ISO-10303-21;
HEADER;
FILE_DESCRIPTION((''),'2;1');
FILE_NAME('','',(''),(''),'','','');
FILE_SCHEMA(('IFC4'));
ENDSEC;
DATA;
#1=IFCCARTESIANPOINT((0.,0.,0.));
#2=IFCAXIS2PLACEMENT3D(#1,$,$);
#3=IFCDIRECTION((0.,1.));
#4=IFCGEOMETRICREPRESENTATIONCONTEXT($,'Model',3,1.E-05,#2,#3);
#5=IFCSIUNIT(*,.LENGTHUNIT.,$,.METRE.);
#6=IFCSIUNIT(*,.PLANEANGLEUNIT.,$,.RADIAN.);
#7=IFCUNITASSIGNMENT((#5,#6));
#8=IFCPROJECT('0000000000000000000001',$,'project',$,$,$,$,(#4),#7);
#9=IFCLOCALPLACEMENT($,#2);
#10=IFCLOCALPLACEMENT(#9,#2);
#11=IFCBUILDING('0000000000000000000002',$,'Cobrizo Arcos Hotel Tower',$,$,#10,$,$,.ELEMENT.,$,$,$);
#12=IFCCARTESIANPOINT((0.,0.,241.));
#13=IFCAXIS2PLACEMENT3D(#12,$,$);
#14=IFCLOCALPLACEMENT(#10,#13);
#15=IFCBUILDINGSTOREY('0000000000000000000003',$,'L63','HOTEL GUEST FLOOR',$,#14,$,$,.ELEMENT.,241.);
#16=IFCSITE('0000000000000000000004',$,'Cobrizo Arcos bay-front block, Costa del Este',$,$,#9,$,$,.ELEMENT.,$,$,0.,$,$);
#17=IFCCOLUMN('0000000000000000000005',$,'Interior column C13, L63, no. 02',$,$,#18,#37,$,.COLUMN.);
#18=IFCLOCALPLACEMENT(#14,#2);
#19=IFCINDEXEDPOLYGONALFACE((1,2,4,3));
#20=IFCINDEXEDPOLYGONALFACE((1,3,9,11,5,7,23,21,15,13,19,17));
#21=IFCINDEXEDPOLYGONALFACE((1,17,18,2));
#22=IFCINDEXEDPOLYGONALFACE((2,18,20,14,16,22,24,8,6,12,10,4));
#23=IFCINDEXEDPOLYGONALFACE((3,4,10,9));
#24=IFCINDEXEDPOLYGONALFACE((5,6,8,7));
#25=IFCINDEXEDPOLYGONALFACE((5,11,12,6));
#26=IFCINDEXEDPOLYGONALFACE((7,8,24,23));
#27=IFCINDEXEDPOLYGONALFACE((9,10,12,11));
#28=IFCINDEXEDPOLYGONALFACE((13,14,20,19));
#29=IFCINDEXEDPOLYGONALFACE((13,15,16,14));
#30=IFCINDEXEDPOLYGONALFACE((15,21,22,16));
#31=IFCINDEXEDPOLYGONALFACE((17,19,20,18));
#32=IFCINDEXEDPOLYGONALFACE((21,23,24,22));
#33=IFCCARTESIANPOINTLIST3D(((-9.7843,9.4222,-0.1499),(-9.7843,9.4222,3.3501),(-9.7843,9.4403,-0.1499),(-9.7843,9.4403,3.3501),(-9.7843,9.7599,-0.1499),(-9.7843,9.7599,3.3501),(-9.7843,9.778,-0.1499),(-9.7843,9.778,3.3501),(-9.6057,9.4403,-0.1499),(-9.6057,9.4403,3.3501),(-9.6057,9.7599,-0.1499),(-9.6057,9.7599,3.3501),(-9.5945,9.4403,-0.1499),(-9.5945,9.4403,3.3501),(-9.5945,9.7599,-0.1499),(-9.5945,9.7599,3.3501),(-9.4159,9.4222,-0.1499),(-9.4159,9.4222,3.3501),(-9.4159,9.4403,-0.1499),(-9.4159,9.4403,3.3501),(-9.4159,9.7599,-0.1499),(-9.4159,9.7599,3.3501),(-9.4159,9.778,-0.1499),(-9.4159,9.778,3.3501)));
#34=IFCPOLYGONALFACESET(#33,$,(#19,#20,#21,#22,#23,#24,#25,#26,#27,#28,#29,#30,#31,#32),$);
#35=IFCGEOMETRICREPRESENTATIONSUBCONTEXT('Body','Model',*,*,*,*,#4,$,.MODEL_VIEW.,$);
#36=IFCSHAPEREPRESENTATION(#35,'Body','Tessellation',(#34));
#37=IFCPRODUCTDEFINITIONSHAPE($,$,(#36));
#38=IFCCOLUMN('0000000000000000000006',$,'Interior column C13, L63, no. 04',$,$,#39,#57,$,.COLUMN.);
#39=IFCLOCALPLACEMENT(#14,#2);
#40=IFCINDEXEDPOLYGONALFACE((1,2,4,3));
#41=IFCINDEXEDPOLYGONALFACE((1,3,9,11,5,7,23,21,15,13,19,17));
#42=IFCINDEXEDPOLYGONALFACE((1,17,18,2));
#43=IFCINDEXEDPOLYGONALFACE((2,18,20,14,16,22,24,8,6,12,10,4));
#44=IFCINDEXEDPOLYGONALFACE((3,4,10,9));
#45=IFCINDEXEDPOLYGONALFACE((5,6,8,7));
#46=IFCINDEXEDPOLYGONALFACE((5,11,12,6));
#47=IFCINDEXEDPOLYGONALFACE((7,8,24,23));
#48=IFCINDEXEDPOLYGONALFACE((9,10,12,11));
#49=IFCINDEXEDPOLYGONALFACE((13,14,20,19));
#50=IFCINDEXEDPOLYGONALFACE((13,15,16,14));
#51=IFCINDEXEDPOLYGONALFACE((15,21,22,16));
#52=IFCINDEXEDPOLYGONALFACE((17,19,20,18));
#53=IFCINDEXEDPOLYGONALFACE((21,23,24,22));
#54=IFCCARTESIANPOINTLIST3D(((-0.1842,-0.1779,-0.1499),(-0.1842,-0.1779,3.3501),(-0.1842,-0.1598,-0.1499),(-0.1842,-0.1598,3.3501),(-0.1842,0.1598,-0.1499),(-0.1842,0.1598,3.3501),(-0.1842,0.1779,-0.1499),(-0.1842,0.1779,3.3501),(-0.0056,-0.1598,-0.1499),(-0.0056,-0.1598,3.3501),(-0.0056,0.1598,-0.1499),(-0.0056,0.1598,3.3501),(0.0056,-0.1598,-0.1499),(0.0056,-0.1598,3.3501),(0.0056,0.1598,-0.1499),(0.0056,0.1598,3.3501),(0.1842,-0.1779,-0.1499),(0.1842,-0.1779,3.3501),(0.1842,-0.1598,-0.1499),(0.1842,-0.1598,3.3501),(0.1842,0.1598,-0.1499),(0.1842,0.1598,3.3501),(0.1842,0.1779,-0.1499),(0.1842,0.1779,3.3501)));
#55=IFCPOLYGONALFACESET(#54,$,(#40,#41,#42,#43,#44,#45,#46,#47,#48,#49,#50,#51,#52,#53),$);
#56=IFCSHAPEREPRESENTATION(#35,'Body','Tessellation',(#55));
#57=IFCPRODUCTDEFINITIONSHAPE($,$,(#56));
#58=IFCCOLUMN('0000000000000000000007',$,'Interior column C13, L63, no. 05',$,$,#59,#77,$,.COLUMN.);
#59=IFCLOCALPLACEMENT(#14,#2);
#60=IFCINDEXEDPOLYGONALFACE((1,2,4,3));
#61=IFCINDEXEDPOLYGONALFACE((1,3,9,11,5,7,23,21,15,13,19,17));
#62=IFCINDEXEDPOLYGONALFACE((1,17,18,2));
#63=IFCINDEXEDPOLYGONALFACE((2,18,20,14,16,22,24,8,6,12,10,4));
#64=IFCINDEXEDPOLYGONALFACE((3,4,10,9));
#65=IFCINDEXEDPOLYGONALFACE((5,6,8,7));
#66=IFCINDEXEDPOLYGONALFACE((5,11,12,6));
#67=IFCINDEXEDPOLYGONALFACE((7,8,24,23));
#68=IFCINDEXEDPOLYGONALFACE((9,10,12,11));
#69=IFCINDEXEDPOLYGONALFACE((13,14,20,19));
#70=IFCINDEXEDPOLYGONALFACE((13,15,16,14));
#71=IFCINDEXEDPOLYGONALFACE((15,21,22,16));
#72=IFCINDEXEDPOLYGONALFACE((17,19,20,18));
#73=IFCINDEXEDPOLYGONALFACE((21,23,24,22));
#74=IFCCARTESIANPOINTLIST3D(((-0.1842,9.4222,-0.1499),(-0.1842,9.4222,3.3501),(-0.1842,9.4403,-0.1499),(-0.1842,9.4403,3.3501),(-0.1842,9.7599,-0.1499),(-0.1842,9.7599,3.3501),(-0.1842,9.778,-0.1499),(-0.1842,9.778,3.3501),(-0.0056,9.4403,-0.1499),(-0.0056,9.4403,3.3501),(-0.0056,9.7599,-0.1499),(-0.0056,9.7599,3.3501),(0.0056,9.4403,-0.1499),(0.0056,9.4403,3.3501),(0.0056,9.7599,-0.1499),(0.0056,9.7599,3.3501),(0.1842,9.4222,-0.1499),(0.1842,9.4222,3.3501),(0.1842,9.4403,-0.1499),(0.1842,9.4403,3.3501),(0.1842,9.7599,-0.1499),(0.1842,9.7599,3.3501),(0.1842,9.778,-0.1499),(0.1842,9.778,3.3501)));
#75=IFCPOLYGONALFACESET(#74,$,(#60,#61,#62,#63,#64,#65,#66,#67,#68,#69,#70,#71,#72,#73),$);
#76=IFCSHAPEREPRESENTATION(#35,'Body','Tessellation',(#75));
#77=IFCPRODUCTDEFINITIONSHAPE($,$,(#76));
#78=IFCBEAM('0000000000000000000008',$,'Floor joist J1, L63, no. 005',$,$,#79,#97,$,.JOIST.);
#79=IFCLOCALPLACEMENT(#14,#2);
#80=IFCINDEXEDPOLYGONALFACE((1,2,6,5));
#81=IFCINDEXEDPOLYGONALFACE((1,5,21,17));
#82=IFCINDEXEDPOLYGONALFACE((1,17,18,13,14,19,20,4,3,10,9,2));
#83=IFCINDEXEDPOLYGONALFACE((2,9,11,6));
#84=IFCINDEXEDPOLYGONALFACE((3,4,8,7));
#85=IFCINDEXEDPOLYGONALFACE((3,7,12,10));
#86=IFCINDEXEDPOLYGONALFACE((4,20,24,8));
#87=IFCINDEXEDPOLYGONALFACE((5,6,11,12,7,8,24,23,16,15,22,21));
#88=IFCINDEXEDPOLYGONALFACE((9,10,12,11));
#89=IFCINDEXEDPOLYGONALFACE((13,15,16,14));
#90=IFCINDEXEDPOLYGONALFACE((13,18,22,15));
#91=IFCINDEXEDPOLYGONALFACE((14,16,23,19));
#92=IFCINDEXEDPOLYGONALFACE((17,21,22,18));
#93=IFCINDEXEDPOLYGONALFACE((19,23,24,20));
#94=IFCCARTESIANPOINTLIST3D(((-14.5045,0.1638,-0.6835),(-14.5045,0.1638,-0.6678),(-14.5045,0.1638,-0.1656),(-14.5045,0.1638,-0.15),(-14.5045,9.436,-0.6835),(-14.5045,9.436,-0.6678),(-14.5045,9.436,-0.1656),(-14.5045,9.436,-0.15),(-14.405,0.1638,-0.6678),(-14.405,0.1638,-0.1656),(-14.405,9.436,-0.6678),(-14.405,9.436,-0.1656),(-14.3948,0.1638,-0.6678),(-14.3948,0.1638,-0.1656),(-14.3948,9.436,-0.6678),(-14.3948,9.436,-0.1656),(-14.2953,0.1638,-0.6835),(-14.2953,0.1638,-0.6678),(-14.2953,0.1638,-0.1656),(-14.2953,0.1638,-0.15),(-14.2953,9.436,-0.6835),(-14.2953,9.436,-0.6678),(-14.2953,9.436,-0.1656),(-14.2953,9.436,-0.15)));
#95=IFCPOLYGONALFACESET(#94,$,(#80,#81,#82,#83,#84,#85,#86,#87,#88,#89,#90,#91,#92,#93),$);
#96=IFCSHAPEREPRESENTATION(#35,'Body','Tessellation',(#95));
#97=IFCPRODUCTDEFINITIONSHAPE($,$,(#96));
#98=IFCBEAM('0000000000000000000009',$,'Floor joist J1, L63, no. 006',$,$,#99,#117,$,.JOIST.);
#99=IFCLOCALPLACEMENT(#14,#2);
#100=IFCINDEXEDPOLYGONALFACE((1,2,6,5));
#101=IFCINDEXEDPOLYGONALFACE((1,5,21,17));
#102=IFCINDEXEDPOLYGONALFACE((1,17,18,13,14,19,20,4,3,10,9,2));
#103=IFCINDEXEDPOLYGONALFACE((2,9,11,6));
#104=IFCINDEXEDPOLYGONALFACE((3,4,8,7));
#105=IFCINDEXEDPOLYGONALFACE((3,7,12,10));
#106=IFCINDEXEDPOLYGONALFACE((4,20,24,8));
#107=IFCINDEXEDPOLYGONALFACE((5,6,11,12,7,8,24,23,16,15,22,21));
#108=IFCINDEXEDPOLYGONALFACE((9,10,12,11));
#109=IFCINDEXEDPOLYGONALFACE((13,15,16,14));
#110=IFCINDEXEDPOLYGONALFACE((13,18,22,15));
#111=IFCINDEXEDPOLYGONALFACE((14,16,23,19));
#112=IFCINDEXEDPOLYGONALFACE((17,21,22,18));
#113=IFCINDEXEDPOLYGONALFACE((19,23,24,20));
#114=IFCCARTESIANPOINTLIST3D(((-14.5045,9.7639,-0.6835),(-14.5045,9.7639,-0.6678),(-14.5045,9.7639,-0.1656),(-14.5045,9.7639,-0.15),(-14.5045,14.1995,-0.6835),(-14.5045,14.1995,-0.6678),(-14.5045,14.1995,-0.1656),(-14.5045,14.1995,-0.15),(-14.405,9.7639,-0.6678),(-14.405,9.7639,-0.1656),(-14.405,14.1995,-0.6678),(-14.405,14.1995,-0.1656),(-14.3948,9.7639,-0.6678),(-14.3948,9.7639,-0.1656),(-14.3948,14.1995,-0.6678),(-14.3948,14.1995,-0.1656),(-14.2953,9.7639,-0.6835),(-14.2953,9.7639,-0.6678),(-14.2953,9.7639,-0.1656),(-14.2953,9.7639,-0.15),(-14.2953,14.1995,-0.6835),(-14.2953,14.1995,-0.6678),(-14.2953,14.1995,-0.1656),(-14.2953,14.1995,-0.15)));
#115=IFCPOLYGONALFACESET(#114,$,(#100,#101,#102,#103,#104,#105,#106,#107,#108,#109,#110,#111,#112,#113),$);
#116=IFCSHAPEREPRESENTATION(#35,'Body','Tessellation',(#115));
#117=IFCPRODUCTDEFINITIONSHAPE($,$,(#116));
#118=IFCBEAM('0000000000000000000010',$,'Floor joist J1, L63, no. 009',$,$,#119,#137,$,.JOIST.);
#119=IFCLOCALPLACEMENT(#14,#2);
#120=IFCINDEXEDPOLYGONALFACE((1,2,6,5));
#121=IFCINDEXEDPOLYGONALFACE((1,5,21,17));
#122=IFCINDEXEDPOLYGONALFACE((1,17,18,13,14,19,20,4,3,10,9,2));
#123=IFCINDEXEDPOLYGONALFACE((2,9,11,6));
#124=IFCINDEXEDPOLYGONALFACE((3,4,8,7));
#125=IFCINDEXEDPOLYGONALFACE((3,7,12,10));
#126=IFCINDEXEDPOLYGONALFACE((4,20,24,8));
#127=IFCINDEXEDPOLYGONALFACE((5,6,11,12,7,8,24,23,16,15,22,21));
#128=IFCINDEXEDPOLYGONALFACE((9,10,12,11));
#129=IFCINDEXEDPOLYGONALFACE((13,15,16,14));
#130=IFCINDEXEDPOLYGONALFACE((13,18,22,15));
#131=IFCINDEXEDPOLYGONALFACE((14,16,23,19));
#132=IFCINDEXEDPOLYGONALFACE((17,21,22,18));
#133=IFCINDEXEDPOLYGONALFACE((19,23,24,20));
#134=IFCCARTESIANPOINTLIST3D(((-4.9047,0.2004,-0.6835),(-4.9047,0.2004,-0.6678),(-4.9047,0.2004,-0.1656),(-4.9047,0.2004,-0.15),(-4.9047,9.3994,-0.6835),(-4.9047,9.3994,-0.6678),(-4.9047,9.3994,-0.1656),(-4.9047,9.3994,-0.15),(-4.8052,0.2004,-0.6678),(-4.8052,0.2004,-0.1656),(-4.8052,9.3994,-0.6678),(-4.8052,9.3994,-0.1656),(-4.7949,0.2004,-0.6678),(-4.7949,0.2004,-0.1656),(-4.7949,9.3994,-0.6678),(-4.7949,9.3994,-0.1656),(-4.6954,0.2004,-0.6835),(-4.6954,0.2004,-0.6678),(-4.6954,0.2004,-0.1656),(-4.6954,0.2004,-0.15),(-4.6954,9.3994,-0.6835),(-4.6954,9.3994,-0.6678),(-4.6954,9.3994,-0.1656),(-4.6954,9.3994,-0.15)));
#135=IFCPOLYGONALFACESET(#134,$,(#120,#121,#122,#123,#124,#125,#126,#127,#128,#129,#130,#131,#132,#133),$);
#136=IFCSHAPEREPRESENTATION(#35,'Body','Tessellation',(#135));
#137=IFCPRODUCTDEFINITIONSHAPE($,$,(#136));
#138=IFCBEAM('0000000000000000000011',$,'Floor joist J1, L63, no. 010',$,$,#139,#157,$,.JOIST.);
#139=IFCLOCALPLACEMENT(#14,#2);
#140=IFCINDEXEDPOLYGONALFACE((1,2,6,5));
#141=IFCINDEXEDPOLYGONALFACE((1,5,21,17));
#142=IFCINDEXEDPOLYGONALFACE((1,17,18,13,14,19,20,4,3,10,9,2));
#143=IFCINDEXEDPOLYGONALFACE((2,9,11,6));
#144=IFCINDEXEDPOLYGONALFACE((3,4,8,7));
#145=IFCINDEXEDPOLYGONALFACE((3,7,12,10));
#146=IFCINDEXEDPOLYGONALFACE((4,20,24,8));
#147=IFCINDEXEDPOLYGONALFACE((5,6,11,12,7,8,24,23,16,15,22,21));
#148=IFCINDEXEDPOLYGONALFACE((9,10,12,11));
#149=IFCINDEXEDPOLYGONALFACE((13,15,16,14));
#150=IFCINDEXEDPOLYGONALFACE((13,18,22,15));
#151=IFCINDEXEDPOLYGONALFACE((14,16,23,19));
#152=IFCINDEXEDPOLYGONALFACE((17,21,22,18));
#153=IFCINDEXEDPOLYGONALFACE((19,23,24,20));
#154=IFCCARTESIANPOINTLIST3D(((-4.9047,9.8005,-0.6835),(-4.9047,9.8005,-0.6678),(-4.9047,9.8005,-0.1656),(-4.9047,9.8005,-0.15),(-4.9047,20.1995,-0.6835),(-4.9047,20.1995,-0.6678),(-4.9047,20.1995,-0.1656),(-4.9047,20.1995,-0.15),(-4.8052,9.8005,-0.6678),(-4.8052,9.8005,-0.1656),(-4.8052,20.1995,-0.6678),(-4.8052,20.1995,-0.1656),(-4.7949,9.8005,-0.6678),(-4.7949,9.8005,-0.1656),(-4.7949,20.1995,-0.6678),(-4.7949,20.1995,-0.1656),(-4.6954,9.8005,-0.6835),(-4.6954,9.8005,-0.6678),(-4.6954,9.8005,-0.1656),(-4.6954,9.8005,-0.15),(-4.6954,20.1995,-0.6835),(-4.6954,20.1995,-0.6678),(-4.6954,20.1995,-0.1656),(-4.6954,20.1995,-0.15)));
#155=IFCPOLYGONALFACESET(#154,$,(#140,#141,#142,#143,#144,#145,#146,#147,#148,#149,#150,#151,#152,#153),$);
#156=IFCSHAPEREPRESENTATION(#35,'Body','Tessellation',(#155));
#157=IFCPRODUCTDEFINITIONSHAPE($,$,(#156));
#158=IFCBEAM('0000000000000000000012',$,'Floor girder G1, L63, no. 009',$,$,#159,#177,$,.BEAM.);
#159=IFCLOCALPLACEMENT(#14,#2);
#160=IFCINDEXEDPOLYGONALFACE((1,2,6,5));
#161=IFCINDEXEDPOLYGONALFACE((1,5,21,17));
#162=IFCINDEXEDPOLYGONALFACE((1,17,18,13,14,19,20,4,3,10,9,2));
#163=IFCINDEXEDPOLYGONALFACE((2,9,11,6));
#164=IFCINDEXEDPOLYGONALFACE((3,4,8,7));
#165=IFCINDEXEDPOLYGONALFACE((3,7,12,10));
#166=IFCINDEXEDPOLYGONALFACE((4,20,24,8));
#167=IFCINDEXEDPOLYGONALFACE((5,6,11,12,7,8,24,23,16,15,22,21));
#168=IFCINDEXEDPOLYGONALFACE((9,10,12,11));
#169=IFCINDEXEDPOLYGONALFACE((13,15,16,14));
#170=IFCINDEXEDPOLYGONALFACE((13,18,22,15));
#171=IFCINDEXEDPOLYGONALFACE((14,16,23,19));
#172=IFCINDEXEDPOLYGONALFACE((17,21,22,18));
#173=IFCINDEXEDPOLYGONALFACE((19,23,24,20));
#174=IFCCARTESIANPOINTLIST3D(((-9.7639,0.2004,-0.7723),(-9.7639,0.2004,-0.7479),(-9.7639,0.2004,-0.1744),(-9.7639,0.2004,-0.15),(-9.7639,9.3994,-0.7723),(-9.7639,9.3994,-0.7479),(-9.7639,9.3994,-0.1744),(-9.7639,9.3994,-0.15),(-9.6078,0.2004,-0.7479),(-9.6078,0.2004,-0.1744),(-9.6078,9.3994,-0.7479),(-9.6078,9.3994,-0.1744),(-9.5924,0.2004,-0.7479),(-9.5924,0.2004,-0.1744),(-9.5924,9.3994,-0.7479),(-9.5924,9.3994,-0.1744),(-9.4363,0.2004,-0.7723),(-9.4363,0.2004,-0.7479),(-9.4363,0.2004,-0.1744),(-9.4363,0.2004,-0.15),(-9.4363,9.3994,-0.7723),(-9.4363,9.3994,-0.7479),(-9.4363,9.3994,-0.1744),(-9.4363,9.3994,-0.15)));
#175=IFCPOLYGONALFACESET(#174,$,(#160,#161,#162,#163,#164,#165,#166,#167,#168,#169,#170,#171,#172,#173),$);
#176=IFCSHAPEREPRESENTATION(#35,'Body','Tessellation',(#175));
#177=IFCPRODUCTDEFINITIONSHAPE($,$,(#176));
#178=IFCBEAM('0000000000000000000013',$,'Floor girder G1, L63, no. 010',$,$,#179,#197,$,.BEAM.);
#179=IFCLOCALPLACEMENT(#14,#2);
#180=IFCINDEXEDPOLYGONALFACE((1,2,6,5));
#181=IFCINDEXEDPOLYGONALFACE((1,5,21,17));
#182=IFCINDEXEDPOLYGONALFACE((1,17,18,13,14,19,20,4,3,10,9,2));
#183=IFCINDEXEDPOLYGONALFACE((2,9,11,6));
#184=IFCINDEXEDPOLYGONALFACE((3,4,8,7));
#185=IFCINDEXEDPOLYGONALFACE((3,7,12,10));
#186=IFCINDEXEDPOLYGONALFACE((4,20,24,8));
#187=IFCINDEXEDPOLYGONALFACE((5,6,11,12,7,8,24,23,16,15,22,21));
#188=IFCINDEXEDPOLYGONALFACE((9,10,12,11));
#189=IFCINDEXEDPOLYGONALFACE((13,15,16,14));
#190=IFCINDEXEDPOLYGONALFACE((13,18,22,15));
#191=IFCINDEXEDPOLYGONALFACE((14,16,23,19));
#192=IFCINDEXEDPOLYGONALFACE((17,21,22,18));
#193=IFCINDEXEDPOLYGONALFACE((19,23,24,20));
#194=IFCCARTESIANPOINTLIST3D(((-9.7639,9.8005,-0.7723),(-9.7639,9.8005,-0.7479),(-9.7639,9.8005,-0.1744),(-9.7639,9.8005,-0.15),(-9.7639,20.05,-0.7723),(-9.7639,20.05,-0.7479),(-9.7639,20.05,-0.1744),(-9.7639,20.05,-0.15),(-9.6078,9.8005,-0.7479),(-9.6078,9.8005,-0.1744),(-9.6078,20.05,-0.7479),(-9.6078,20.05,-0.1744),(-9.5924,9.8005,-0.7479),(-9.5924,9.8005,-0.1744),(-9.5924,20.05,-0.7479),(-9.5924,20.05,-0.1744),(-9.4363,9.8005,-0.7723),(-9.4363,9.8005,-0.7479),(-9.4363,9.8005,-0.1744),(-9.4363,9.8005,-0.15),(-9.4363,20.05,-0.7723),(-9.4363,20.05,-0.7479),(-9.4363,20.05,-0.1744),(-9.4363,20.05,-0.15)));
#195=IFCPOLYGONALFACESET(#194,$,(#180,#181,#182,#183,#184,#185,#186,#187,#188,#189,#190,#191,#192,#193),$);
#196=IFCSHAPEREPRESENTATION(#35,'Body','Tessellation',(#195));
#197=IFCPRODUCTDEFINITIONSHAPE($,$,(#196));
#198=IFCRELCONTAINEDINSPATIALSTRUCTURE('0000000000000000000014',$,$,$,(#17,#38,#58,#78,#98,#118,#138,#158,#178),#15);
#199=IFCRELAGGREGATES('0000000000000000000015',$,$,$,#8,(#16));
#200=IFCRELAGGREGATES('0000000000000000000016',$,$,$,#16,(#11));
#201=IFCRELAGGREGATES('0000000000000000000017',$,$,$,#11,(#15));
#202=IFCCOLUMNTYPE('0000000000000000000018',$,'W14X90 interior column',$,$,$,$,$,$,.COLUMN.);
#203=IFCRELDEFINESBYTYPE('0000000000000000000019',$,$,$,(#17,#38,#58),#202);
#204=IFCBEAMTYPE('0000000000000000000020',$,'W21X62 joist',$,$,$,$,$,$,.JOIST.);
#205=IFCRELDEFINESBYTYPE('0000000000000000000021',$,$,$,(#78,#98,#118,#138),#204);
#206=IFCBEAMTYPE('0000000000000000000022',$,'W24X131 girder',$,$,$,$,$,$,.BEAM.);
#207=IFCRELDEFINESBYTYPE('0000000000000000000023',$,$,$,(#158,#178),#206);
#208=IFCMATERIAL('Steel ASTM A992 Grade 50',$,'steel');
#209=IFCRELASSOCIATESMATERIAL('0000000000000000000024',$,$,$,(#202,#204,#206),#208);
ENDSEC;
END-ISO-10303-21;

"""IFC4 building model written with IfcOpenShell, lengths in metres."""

from ifc_helpers import new_model, si_unit, direction, frame, origin, origin_2d, place, context, subcontext, project, spatial, i_section, extrude, material, material_profile, profile_set, type_object, element, save


model = new_model("IFC4")

# Units and contexts
model_context = context("Model", 3, precision=1e-05, world=origin(), true_north=direction((0.0, 1.0)))
body_context = subcontext(model_context, "Body", "Model", "MODEL_VIEW")
ifc_project = project(units=[si_unit("LENGTHUNIT", "METRE"), si_unit("PLANEANGLEUNIT", "RADIAN")], contexts=[model_context])

# Site, building, storey
site_placement = place(None, origin())
site = spatial("IfcSite", under=ifc_project, at=site_placement, Name="Cobrizo Arcos bay-front block, Costa del Este", CompositionType="ELEMENT", RefElevation=0.0)
building_placement = place(site_placement, origin())
building = spatial("IfcBuilding", under=site, at=building_placement, Name="Cobrizo Arcos Hotel Tower", CompositionType="ELEMENT")
storey_placement = place(building_placement, frame((0.0, 0.0, 241.0)))
storey = spatial("IfcBuildingStorey", under=building, at=storey_placement, Name="L63", Description="HOTEL GUEST FLOOR", CompositionType="ELEMENT", Elevation=241.0)

# Columns
ifc_material_1 = material(Name="Steel ASTM A992 Grade 50", Category="steel")
ifc_material_profile_1 = material_profile(ifc_material_1, i_section(OverallWidth=0.3684, OverallDepth=0.3557, WebThickness=0.0112, FlangeThickness=0.0181, at=origin_2d()), Name="W14X90")
ifc_profile_set_1 = profile_set([ifc_material_profile_1], Name="Steel ASTM A992 Grade 50")
column_type = type_object("IfcColumnType", Name="W14X90 interior column", PredefinedType="COLUMN", material=ifc_profile_set_1)
for number, where, z_axis, x_axis, name in (
    (1, (-9.6001, 9.6001, -0.1499), (0.0, 0.0, 1.0), (1.0, 0.0, 0.0), "Interior column C13, L63, no. 02"),
    (2, (0.0, 0.0, -0.1499), (0.0, 0.0, 1.0), (1.0, 0.0, 0.0), "Interior column C13, L63, no. 04"),
    (3, (0.0, 9.6001, -0.1499), (0.0, 0.0, 1.0), (1.0, 0.0, 0.0), "Interior column C13, L63, no. 05"),
):
    element("IfcColumn", number, at=place(storey_placement, frame(where, z_axis=z_axis, x_axis=x_axis)), inside=storey, type_object=column_type, Name=name, PredefinedType="COLUMN", context=body_context, shape_type="SweptSolid", body=[
        extrude(i_section(OverallWidth=0.3684, OverallDepth=0.3557, WebThickness=0.0112, FlangeThickness=0.0181, at=origin_2d()), origin(), (0.0, 0.0, 1.0), 3.5),
    ])

# Beams
ifc_material_profile_2 = material_profile(ifc_material_1, i_section(OverallWidth=0.2092, OverallDepth=0.5334, WebThickness=0.0103, FlangeThickness=0.0156, at=origin_2d()), Name="W21X62")
ifc_profile_set_2 = profile_set([ifc_material_profile_2], Name="Steel ASTM A992 Grade 50")
beam_type_1 = type_object("IfcBeamType", Name="W21X62 joist", PredefinedType="JOIST", material=ifc_profile_set_2)
beam_1_placement = place(storey_placement, frame((-14.3999, 0.1638, -0.4167), z_axis=(0.0, 1.0, 0.0), x_axis=(-1.0, 0.0, 0.0)))
element("IfcBeam", 4, at=beam_1_placement, inside=storey, type_object=beam_type_1, Name="Floor joist J1, L63, no. 005", PredefinedType="JOIST", context=body_context, shape_type="SweptSolid", body=[
    extrude(i_section(OverallWidth=0.2092, OverallDepth=0.5334, WebThickness=0.0103, FlangeThickness=0.0156, at=origin_2d()), origin(), (0.0, 0.0, 1.0), 9.2722),
])
beam_2_placement = place(storey_placement, frame((-14.3999, 9.7639, -0.4167), z_axis=(0.0, 1.0, 0.0), x_axis=(-1.0, 0.0, 0.0)))
element("IfcBeam", 5, at=beam_2_placement, inside=storey, type_object=beam_type_1, Name="Floor joist J1, L63, no. 006", PredefinedType="JOIST", context=body_context, shape_type="SweptSolid", body=[
    extrude(i_section(OverallWidth=0.2092, OverallDepth=0.5334, WebThickness=0.0103, FlangeThickness=0.0156, at=origin_2d()), origin(), (0.0, 0.0, 1.0), 4.4355),
])
beam_3_placement = place(storey_placement, frame((-4.8, 0.2004, -0.4167), z_axis=(0.0, 1.0, 0.0), x_axis=(-1.0, 0.0, 0.0)))
element("IfcBeam", 6, at=beam_3_placement, inside=storey, type_object=beam_type_1, Name="Floor joist J1, L63, no. 009", PredefinedType="JOIST", context=body_context, shape_type="SweptSolid", body=[
    extrude(i_section(OverallWidth=0.2092, OverallDepth=0.5334, WebThickness=0.0103, FlangeThickness=0.0156, at=origin_2d()), origin(), (0.0, 0.0, 1.0), 9.199),
])
beam_4_placement = place(storey_placement, frame((-4.8, 9.8005, -0.4167), z_axis=(0.0, 1.0, 0.0), x_axis=(-1.0, 0.0, 0.0)))
element("IfcBeam", 7, at=beam_4_placement, inside=storey, type_object=beam_type_1, Name="Floor joist J1, L63, no. 010", PredefinedType="JOIST", context=body_context, shape_type="SweptSolid", body=[
    extrude(i_section(OverallWidth=0.2092, OverallDepth=0.5334, WebThickness=0.0103, FlangeThickness=0.0156, at=origin_2d()), origin(), (0.0, 0.0, 1.0), 10.3989),
])
ifc_material_profile_3 = material_profile(ifc_material_1, i_section(OverallWidth=0.3276, OverallDepth=0.6223, WebThickness=0.0154, FlangeThickness=0.0244, at=origin_2d()), Name="W24X131")
ifc_profile_set_3 = profile_set([ifc_material_profile_3], Name="Steel ASTM A992 Grade 50")
beam_type_2 = type_object("IfcBeamType", Name="W24X131 girder", PredefinedType="BEAM", material=ifc_profile_set_3)
beam_5_placement = place(storey_placement, frame((-9.6001, 0.2004, -0.4612), z_axis=(0.0, 1.0, 0.0), x_axis=(-1.0, 0.0, 0.0)))
element("IfcBeam", 8, at=beam_5_placement, inside=storey, type_object=beam_type_2, Name="Floor girder G1, L63, no. 009", PredefinedType="BEAM", context=body_context, shape_type="SweptSolid", body=[
    extrude(i_section(OverallWidth=0.3276, OverallDepth=0.6223, WebThickness=0.0154, FlangeThickness=0.0244, at=origin_2d()), origin(), (0.0, 0.0, 1.0), 9.199),
])
beam_6_placement = place(storey_placement, frame((-9.6001, 9.8005, -0.4612), z_axis=(0.0, 1.0, 0.0), x_axis=(-1.0, 0.0, 0.0)))
element("IfcBeam", 9, at=beam_6_placement, inside=storey, type_object=beam_type_2, Name="Floor girder G1, L63, no. 010", PredefinedType="BEAM", context=body_context, shape_type="SweptSolid", body=[
    extrude(i_section(OverallWidth=0.3276, OverallDepth=0.6223, WebThickness=0.0154, FlangeThickness=0.0244, at=origin_2d()), origin(), (0.0, 0.0, 1.0), 10.2495),
])

save(model, "model.ifc")
